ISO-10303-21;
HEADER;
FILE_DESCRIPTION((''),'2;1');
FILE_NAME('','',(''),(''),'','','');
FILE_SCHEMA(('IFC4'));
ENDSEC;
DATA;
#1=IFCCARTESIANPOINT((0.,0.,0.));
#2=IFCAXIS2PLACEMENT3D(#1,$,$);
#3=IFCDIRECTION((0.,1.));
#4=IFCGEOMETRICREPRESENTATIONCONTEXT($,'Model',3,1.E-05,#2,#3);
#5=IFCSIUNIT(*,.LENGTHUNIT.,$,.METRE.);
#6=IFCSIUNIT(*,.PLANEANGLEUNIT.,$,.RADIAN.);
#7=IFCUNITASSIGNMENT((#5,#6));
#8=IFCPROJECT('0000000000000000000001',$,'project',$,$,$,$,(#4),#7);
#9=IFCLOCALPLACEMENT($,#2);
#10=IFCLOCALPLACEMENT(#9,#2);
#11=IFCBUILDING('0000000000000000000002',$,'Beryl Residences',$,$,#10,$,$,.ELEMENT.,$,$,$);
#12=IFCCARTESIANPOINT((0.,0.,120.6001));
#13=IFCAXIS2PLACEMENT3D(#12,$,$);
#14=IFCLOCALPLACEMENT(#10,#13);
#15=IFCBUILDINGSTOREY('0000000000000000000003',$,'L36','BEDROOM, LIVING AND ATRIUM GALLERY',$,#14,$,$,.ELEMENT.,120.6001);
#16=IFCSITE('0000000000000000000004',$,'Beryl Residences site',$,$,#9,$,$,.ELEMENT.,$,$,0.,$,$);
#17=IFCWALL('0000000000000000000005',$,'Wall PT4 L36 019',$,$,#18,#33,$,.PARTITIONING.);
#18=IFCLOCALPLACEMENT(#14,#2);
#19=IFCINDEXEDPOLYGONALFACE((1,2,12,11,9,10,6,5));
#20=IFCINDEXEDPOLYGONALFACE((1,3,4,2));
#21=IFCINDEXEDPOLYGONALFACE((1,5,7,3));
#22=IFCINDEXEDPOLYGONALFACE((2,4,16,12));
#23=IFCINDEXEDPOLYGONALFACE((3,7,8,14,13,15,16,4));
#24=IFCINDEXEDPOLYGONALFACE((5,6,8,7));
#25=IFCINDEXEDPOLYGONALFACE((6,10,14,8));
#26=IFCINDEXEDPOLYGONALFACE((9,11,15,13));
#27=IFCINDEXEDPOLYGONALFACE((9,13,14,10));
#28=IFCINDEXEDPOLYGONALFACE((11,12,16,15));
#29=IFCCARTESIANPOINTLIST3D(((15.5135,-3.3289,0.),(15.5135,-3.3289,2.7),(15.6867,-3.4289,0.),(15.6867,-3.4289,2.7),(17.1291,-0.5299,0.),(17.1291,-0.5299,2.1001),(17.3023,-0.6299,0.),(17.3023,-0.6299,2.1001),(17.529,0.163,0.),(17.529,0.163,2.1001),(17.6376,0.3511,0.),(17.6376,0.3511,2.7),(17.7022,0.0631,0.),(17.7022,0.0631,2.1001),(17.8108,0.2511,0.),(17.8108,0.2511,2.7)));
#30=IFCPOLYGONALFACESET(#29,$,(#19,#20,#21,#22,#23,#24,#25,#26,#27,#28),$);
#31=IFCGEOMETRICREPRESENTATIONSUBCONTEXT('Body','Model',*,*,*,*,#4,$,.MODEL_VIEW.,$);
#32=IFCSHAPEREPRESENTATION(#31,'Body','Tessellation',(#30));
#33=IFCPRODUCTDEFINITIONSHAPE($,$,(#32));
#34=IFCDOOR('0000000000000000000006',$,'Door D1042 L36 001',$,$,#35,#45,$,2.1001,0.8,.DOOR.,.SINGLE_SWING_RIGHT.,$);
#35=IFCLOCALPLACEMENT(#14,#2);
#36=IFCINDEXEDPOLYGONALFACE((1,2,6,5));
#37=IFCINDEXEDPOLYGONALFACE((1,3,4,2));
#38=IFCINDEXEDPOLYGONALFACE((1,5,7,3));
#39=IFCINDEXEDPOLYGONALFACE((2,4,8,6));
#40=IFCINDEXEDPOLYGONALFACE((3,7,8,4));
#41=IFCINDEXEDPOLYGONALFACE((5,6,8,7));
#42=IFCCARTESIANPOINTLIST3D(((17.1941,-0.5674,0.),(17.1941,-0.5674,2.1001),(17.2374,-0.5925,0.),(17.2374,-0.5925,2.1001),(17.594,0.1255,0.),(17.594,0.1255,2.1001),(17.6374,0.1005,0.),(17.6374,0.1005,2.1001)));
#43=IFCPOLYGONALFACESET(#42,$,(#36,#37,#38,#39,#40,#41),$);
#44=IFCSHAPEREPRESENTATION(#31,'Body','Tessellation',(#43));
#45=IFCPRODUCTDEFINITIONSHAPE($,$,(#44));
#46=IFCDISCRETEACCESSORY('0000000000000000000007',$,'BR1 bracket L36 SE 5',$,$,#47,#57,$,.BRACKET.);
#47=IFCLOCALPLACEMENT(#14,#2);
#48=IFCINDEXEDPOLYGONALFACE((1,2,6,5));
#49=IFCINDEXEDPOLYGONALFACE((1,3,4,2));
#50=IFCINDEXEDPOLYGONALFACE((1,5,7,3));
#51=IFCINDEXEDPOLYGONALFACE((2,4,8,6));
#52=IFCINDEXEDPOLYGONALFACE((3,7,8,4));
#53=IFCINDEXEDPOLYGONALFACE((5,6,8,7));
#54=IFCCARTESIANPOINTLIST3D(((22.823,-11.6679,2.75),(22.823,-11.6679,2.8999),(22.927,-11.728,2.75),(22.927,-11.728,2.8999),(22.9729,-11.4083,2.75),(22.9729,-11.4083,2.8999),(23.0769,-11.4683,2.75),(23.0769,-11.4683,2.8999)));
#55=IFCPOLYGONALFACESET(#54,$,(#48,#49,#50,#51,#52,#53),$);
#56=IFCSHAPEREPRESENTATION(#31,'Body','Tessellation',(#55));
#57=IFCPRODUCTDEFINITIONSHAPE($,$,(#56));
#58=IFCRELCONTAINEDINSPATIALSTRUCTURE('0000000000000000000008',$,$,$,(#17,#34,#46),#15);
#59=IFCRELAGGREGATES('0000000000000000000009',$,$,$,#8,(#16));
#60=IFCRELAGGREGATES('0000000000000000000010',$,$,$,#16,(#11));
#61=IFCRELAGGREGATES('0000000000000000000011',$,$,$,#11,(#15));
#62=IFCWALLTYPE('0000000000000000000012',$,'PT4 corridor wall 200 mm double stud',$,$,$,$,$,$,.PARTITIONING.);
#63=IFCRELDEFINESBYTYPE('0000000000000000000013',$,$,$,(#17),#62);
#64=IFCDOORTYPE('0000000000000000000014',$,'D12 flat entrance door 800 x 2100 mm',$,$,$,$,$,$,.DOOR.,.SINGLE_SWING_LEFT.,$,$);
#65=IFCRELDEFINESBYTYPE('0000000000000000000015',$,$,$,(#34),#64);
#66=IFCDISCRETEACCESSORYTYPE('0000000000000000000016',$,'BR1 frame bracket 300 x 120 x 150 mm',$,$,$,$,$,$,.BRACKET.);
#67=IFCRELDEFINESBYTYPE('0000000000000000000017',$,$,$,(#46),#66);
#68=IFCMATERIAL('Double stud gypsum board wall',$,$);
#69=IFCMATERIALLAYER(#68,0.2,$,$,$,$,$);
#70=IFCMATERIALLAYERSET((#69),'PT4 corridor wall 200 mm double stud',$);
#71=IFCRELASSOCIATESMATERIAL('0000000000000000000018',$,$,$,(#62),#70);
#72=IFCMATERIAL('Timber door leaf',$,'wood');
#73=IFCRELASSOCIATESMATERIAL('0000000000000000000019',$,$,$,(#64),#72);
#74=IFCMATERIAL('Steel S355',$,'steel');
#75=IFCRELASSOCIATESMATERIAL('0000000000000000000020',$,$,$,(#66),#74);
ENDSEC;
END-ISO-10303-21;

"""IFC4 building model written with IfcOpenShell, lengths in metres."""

from ifc_helpers import new_model, si_unit, direction, frame, frame_2d, origin, place, context, subcontext, project, spatial, polyline, rectangle, outline, extrude, source, transform, mapped, material, layer, layer_set, type_object, type_shapes, element, fill, save


model = new_model("IFC4")

# Units and contexts
model_context = context("Model", 3, precision=1e-05, world=origin(), true_north=direction((0.0, 1.0)))
body_context = subcontext(model_context, "Body", "Model", "MODEL_VIEW")
ifc_project = project(units=[si_unit("LENGTHUNIT", "METRE"), si_unit("PLANEANGLEUNIT", "RADIAN")], contexts=[model_context])

# Site, building, storey
site_placement = place(None, origin())
site = spatial("IfcSite", under=ifc_project, at=site_placement, Name="Beryl Residences site", CompositionType="ELEMENT", RefElevation=0.0)
building_placement = place(site_placement, origin())
building = spatial("IfcBuilding", under=site, at=building_placement, Name="Beryl Residences", CompositionType="ELEMENT")
storey_placement = place(building_placement, frame((0.0, 0.0, 120.6001)))
storey = spatial("IfcBuildingStorey", under=building, at=storey_placement, Name="L36", Description="BEDROOM, LIVING AND ATRIUM GALLERY", CompositionType="ELEMENT", Elevation=120.6001)

# Shared definitions
ifc_material_1 = material(Name="Double stud gypsum board wall")
ifc_layer_1 = layer(ifc_material_1, 0.2)
ifc_layer_set_1 = layer_set([ifc_layer_1], Name="PT4 corridor wall 200 mm double stud")
wall_type_1 = type_object("IfcWallType", Name="PT4 corridor wall 200 mm double stud", PredefinedType="PARTITIONING", material=ifc_layer_set_1)

# Wall, opening, door
wall_1_placement = place(storey_placement, frame((15.6001, -3.3789, 0.0), z_axis=(0.0, 0.0, 1.0), x_axis=(0.499897, 0.866085, 0.0)))
wall_1 = element("IfcWall", 1, at=wall_1_placement, inside=storey, type_object=wall_type_1, Name="Wall PT4 L36 019", PredefinedType="PARTITIONING", context=body_context, shape_type="SweptSolid", body=[
    extrude(rectangle(XDim=4.249, YDim=0.2, at=frame_2d((2.1245, 0.0))), origin(), (0.0, 0.0, 1.0), 2.7),
])
opening_1_placement = place(wall_1_placement, frame((3.2319, 0.0, 0.0)))
opening_1 = element("IfcOpeningElement", 2, at=opening_1_placement, cuts=wall_1, PredefinedType="OPENING", context=body_context, shape_type="SweptSolid", body=[
    extrude(rectangle(XDim=0.8, YDim=2.1001, at=frame_2d((0.3999, 1.05))), frame((0.0, 0.1099, 0.0), z_axis=(0.0, -1.0, 0.0), x_axis=(1.0, 0.0, 0.0)), (0.0, 0.0, 1.0), 0.22),
])
ifc_material_2 = material(Name="Timber door leaf", Category="wood")
door_type_1 = type_object("IfcDoorType", Name="D12 flat entrance door 800 x 2100 mm", OperationType="SINGLE_SWING_LEFT", PredefinedType="DOOR", material=ifc_material_2)
door_1_placement = place(opening_1_placement, origin())
door_1 = element("IfcDoor", 3, at=door_1_placement, inside=storey, type_object=door_type_1, Name="Door D1042 L36 001", OperationType="SINGLE_SWING_RIGHT", OverallHeight=2.1001, OverallWidth=0.8, PredefinedType="DOOR", context=body_context, shape_type="SweptSolid", body=[
    extrude(rectangle(XDim=0.8, YDim=2.1001, at=frame_2d((0.3999, 1.05))), frame((0.0, 0.0249, 0.0), z_axis=(0.0, -1.0, 0.0), x_axis=(1.0, 0.0, 0.0)), (0.0, 0.0, 1.0), 0.05),
])
fill(opening_1, door_1)

# Discrete accessory
ifc_material_3 = material(Name="Steel S355", Category="steel")
discrete_accessory_type = type_object("IfcDiscreteAccessoryType", Name="BR1 frame bracket 300 x 120 x 150 mm", PredefinedType="BRACKET", material=ifc_material_3)
shared_shape_1 = source(origin(), body_context, "Body", "SweptSolid", [
    extrude(outline(polyline([(-0.1499, 0.0), (0.1499, 0.0), (0.1499, 0.1201), (-0.1499, 0.1201), (-0.1499, 0.0)])), origin(), (0.0, 0.0, 1.0), 0.1499),
])
type_shapes(discrete_accessory_type, [shared_shape_1])
discrete_accessory_placement = place(storey_placement, frame((22.8979, -11.5381, 2.75), z_axis=(0.0, 0.0, 1.0), x_axis=(-0.5, -0.866025, 0.0)))
element("IfcDiscreteAccessory", 4, at=discrete_accessory_placement, inside=storey, type_object=discrete_accessory_type, Name="BR1 bracket L36 SE 5", PredefinedType="BRACKET", context=body_context, shape_type="MappedRepresentation", body=[
    mapped(shared_shape_1, transform((0.0, 0.0, 0.0))),
])

save(model, "model.ifc")
